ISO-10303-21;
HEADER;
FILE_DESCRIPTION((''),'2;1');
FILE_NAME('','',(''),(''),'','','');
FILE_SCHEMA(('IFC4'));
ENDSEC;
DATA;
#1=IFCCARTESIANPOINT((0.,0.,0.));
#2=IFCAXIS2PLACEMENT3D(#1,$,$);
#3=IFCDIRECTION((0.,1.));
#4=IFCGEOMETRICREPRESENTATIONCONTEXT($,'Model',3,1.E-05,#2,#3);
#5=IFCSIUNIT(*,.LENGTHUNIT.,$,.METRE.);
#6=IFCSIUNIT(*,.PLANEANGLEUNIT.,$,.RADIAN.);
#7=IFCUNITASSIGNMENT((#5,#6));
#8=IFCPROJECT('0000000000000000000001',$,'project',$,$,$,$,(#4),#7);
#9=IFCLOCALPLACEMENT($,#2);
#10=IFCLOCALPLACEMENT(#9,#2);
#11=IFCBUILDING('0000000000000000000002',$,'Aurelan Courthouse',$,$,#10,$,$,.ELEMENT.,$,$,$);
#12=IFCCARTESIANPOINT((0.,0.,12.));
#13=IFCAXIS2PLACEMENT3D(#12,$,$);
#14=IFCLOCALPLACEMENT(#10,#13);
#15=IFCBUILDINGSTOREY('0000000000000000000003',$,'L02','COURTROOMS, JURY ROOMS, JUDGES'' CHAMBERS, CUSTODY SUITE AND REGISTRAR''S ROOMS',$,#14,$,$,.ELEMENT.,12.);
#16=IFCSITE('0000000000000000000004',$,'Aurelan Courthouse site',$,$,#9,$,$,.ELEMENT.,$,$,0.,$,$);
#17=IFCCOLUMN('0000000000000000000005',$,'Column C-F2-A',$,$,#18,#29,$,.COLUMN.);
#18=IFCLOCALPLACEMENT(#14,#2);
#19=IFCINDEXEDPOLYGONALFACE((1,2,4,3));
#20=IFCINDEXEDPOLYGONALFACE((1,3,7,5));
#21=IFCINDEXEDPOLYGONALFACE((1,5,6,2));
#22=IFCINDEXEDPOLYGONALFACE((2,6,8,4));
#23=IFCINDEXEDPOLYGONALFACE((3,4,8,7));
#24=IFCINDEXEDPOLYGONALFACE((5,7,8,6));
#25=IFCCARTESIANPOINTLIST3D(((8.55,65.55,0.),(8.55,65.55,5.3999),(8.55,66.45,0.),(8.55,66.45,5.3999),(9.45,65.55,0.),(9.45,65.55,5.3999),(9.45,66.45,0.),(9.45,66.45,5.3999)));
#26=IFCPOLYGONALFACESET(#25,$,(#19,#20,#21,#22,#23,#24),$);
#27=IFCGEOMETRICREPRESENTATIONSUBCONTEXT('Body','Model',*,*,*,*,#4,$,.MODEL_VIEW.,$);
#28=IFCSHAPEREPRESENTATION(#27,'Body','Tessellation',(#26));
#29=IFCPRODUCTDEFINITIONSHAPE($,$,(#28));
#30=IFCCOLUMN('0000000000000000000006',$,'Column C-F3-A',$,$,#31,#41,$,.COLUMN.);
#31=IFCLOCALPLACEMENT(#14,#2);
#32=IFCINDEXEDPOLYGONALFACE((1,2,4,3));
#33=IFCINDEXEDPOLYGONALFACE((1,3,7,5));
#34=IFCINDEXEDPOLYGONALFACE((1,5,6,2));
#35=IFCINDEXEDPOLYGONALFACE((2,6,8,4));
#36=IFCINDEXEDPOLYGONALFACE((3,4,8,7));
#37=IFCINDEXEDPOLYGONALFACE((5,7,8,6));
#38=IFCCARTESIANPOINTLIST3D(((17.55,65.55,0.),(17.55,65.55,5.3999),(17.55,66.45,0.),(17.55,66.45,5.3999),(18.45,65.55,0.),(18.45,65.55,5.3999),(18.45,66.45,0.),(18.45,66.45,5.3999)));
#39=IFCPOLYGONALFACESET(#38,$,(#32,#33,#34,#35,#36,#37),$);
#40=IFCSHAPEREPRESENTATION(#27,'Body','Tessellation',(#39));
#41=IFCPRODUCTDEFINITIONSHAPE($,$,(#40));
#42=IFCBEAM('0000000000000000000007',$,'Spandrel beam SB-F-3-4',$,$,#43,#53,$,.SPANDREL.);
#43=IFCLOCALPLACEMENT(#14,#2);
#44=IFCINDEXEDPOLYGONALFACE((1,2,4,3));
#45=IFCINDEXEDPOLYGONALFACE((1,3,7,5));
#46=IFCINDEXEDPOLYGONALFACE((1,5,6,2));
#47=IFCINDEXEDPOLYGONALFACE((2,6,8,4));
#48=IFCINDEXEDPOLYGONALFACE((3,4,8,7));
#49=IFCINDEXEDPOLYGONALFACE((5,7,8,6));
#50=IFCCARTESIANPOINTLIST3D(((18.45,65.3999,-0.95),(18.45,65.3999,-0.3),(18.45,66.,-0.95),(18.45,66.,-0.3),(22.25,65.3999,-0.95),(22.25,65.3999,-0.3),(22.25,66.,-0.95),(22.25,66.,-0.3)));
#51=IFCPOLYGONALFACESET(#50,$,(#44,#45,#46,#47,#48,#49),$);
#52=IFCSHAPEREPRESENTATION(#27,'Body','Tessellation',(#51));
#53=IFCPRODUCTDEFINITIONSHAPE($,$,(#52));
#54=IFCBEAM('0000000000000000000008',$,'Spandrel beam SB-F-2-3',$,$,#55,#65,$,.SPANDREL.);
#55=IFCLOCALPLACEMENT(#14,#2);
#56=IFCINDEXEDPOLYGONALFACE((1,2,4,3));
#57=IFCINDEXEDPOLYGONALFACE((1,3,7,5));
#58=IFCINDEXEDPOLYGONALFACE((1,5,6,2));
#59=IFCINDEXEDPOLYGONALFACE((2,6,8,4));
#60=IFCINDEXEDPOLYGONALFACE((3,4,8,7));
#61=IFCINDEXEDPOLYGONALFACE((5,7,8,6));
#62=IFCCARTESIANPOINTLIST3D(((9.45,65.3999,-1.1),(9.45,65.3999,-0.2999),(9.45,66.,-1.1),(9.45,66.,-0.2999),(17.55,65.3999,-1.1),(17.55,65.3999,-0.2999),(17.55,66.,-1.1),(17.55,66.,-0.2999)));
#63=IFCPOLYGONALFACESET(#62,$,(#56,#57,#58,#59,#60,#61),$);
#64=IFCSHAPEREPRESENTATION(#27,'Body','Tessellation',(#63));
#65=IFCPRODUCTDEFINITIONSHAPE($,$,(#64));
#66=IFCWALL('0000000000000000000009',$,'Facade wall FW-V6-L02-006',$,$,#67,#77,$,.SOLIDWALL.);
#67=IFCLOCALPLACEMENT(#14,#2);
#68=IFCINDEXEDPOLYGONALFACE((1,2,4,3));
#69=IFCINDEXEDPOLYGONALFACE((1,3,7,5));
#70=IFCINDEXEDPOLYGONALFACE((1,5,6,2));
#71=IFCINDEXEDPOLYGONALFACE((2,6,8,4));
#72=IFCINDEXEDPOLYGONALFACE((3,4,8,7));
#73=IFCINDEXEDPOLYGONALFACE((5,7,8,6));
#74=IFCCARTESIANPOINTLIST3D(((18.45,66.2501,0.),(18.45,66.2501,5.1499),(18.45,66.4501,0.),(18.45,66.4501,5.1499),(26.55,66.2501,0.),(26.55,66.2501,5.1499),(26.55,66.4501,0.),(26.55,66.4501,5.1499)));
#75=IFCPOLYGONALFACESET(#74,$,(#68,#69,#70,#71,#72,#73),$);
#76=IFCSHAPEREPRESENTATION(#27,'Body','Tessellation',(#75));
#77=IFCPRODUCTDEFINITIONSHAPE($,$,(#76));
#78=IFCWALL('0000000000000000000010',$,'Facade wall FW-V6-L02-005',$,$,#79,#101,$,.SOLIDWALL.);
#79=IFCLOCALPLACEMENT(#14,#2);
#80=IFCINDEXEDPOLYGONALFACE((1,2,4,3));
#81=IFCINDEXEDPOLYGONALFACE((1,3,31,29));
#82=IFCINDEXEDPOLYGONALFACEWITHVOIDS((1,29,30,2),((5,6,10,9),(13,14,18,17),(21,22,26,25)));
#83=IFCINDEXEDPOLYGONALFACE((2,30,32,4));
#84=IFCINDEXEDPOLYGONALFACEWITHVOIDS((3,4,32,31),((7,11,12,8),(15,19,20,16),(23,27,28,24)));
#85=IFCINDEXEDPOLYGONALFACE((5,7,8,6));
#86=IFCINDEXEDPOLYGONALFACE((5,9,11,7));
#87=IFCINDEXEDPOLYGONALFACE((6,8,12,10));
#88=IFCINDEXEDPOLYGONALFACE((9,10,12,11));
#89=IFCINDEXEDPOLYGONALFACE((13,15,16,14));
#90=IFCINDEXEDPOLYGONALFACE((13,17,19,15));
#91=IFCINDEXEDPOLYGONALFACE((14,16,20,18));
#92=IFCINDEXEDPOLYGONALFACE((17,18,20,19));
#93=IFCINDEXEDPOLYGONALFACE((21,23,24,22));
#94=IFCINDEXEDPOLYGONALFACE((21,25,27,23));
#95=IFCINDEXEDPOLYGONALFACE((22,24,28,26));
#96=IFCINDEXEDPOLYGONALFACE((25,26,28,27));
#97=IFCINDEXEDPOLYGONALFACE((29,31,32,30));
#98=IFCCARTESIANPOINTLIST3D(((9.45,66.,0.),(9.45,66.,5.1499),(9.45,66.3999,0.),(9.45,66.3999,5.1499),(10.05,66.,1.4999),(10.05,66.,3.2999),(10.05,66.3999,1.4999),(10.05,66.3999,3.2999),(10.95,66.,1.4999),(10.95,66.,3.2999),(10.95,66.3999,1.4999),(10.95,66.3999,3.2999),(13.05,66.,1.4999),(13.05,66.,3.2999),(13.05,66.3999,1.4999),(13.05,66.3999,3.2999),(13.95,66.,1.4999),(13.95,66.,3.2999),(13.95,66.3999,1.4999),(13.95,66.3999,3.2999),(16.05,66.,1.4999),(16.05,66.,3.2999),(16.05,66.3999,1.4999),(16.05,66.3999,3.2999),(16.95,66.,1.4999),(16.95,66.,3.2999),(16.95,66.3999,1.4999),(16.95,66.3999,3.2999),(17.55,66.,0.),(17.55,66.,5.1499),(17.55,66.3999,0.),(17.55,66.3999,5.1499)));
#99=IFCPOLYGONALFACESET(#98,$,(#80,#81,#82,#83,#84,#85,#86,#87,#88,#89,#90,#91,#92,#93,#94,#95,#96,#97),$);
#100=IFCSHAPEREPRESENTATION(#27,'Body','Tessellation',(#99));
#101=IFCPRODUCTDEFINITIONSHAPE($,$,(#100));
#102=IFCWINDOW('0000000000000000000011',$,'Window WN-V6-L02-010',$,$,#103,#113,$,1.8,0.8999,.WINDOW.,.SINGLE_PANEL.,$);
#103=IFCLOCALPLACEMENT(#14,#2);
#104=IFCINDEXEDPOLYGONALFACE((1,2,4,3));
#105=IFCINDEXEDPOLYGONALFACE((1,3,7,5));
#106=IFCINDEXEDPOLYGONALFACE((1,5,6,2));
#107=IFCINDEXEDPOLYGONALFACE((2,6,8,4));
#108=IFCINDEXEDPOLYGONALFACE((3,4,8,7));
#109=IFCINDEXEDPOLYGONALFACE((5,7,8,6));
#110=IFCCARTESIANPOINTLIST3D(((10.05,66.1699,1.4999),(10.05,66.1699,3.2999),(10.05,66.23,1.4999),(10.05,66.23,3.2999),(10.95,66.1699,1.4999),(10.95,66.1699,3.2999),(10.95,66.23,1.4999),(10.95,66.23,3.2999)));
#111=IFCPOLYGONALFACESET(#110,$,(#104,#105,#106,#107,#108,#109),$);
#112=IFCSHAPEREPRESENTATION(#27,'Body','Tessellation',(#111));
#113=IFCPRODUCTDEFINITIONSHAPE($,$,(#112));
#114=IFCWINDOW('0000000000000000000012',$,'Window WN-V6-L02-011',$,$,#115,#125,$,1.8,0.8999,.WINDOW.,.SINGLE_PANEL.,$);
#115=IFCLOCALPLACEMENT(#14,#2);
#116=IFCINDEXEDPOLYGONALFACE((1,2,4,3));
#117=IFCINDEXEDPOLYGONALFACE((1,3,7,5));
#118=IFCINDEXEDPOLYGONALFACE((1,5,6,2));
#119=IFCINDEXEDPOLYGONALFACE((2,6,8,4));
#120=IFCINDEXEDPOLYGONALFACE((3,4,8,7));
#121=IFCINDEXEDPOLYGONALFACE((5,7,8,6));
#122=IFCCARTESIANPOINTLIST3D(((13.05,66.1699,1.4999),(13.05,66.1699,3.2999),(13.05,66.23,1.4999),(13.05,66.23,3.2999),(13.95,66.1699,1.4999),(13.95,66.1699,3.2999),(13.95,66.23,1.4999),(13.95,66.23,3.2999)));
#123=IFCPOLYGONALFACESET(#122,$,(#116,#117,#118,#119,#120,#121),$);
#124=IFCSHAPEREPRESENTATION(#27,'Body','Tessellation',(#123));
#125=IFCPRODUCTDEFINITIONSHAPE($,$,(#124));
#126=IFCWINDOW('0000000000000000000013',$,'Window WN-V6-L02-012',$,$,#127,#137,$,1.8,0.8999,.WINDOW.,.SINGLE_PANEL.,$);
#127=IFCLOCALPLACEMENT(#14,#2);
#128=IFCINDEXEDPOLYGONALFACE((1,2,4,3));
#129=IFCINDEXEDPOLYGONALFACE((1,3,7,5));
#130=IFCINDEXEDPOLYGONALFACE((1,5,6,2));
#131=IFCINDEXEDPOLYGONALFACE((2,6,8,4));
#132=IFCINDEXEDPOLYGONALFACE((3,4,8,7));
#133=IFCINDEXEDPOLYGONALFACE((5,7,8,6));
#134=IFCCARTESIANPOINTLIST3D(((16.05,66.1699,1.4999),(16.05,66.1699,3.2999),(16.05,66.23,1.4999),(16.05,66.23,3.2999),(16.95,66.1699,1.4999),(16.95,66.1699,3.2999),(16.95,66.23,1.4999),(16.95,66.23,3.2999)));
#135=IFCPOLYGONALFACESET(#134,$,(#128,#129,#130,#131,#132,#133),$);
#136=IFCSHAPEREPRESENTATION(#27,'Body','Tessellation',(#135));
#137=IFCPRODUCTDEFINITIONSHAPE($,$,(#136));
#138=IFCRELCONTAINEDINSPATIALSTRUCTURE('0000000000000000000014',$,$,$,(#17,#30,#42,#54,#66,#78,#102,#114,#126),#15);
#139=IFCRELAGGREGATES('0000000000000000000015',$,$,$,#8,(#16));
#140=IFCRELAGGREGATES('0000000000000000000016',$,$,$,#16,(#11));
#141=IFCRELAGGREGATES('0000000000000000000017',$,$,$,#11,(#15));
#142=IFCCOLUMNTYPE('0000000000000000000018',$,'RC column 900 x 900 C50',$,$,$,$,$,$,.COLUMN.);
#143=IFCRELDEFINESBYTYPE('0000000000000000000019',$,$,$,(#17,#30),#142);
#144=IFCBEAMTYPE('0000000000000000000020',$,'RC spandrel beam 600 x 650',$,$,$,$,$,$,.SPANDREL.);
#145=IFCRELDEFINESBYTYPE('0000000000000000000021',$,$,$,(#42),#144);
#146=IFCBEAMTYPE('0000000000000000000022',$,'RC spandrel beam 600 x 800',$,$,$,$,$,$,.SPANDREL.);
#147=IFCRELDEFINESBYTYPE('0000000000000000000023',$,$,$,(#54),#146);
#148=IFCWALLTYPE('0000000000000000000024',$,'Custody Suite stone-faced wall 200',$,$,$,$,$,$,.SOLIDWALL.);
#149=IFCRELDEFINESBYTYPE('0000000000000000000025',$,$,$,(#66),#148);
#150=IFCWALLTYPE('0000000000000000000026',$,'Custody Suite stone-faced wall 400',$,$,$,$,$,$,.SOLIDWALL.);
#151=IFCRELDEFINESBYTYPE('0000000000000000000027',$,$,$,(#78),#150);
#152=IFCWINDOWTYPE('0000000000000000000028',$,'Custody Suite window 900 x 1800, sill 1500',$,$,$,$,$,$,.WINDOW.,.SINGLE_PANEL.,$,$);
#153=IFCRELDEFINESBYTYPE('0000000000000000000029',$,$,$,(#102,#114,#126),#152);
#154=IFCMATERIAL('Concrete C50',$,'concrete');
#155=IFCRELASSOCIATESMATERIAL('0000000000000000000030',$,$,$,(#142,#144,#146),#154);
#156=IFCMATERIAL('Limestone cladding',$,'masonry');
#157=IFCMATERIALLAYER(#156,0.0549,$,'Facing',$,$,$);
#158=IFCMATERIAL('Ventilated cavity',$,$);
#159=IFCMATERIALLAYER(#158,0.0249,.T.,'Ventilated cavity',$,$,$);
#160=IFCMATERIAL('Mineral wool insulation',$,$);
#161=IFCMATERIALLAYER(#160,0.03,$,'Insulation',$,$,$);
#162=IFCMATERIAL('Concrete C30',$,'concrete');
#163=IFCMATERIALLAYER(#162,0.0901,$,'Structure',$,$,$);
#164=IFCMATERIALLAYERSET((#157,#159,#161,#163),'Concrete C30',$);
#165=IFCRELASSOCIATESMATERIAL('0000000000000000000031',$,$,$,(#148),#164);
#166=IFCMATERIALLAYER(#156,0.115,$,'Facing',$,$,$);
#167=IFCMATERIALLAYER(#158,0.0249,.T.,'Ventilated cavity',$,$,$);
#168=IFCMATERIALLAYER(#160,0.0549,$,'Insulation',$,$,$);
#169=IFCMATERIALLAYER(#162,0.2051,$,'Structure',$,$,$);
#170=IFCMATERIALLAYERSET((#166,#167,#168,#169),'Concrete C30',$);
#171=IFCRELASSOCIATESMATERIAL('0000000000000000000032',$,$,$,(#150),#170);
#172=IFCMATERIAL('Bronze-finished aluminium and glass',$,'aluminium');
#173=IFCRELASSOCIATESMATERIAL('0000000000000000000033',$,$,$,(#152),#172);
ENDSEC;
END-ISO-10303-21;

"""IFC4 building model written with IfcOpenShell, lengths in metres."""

from ifc_helpers import new_model, si_unit, direction, frame, frame_2d, origin, origin_2d, place, context, subcontext, project, spatial, rectangle, extrude, material, layer, layer_set, material_profile, profile_set, type_object, element, fill, save


model = new_model("IFC4")

# Units and contexts
model_context = context("Model", 3, precision=1e-05, world=origin(), true_north=direction((0.0, 1.0)))
body_context = subcontext(model_context, "Body", "Model", "MODEL_VIEW")
ifc_project = project(units=[si_unit("LENGTHUNIT", "METRE"), si_unit("PLANEANGLEUNIT", "RADIAN")], contexts=[model_context])

# Site, building, storey
site_placement = place(None, origin())
site = spatial("IfcSite", under=ifc_project, at=site_placement, Name="Aurelan Courthouse site", CompositionType="ELEMENT", RefElevation=0.0)
building_placement = place(site_placement, origin())
building = spatial("IfcBuilding", under=site, at=building_placement, Name="Aurelan Courthouse", CompositionType="ELEMENT")
storey_placement = place(building_placement, frame((0.0, 0.0, 12.0)))
storey = spatial("IfcBuildingStorey", under=building, at=storey_placement, Name="L02", Description="COURTROOMS, JURY ROOMS, JUDGES' CHAMBERS, CUSTODY SUITE AND REGISTRAR'S ROOMS", CompositionType="ELEMENT", Elevation=12.0)

# Columns
ifc_material_1 = material(Name="Concrete C50", Category="concrete")
ifc_material_profile_1 = material_profile(ifc_material_1, rectangle(XDim=0.8999, YDim=0.8999, at=origin_2d()), Name="RC 900 x 900")
ifc_profile_set_1 = profile_set([ifc_material_profile_1], Name="Concrete C50")
column_type = type_object("IfcColumnType", Name="RC column 900 x 900 C50", PredefinedType="COLUMN", material=ifc_profile_set_1)
for number, where, z_axis, x_axis, name in (
    (1, (9.0, 66.0, 0.0), (0.0, 0.0, 1.0), (1.0, 0.0, 0.0), "Column C-F2-A"),
    (2, (18.0, 66.0, 0.0), (0.0, 0.0, 1.0), (1.0, 0.0, 0.0), "Column C-F3-A"),
):
    element("IfcColumn", number, at=place(storey_placement, frame(where, z_axis=z_axis, x_axis=x_axis)), inside=storey, type_object=column_type, Name=name, PredefinedType="COLUMN", context=body_context, shape_type="SweptSolid", body=[
        extrude(rectangle(XDim=0.8999, YDim=0.8999, at=origin_2d()), origin(), (0.0, 0.0, 1.0), 5.3999),
    ])

# Beams
ifc_material_profile_2 = material_profile(ifc_material_1, rectangle(XDim=0.6001, YDim=0.6499, at=origin_2d()), Name="RC 600 x 650")
ifc_profile_set_2 = profile_set([ifc_material_profile_2], Name="Concrete C50")
beam_type_1 = type_object("IfcBeamType", Name="RC spandrel beam 600 x 650", PredefinedType="SPANDREL", material=ifc_profile_set_2)
beam_1_placement = place(storey_placement, frame((18.45, 65.7, -0.625), z_axis=(1.0, 0.0, 0.0), x_axis=(0.0, 1.0, 0.0)))
element("IfcBeam", 3, at=beam_1_placement, inside=storey, type_object=beam_type_1, Name="Spandrel beam SB-F-3-4", PredefinedType="SPANDREL", context=body_context, shape_type="SweptSolid", body=[
    extrude(rectangle(XDim=0.6001, YDim=0.6499, at=origin_2d()), origin(), (0.0, 0.0, 1.0), 3.8),
])
ifc_material_profile_3 = material_profile(ifc_material_1, rectangle(XDim=0.6001, YDim=0.8, at=origin_2d()), Name="RC 600 x 800")
ifc_profile_set_3 = profile_set([ifc_material_profile_3], Name="Concrete C50")
beam_type_2 = type_object("IfcBeamType", Name="RC spandrel beam 600 x 800", PredefinedType="SPANDREL", material=ifc_profile_set_3)
beam_2_placement = place(storey_placement, frame((9.45, 65.7, -0.7), z_axis=(1.0, 0.0, 0.0), x_axis=(0.0, 1.0, 0.0)))
element("IfcBeam", 4, at=beam_2_placement, inside=storey, type_object=beam_type_2, Name="Spandrel beam SB-F-2-3", PredefinedType="SPANDREL", context=body_context, shape_type="SweptSolid", body=[
    extrude(rectangle(XDim=0.6001, YDim=0.8, at=origin_2d()), origin(), (0.0, 0.0, 1.0), 8.1001),
])

# Wall
ifc_material_2 = material(Name="Limestone cladding", Category="masonry")
ifc_layer_1 = layer(ifc_material_2, 0.0549, Name="Facing")
ifc_material_3 = material(Name="Ventilated cavity")
ifc_layer_2 = layer(ifc_material_3, 0.0249, ventilated=True, Name="Ventilated cavity")
ifc_material_4 = material(Name="Mineral wool insulation")
ifc_layer_3 = layer(ifc_material_4, 0.03, Name="Insulation")
ifc_material_5 = material(Name="Concrete C30", Category="concrete")
ifc_layer_4 = layer(ifc_material_5, 0.0901, Name="Structure")
ifc_layer_set_1 = layer_set([ifc_layer_1, ifc_layer_2, ifc_layer_3, ifc_layer_4], Name="Concrete C30")
wall_type_1 = type_object("IfcWallType", Name="Custody Suite stone-faced wall 200", PredefinedType="SOLIDWALL", material=ifc_layer_set_1)
wall_1_placement = place(storey_placement, frame((18.45, 66.3501, 0.0), z_axis=(0.0, 0.0, 1.0), x_axis=(1.0, 0.0, 0.0)))
element("IfcWall", 5, at=wall_1_placement, inside=storey, type_object=wall_type_1, Name="Facade wall FW-V6-L02-006", PredefinedType="SOLIDWALL", context=body_context, shape_type="SweptSolid", body=[
    extrude(rectangle(XDim=8.1001, YDim=0.2, at=frame_2d((4.05, 0.0))), origin(), (0.0, 0.0, 1.0), 5.1499),
])

# Wall, openings, windows
ifc_layer_5 = layer(ifc_material_2, 0.115, Name="Facing")
ifc_layer_6 = layer(ifc_material_3, 0.0249, ventilated=True, Name="Ventilated cavity")
ifc_layer_7 = layer(ifc_material_4, 0.0549, Name="Insulation")
ifc_layer_8 = layer(ifc_material_5, 0.2051, Name="Structure")
ifc_layer_set_2 = layer_set([ifc_layer_5, ifc_layer_6, ifc_layer_7, ifc_layer_8], Name="Concrete C30")
wall_type_2 = type_object("IfcWallType", Name="Custody Suite stone-faced wall 400", PredefinedType="SOLIDWALL", material=ifc_layer_set_2)
wall_2_placement = place(storey_placement, frame((9.45, 66.2, 0.0), z_axis=(0.0, 0.0, 1.0), x_axis=(1.0, 0.0, 0.0)))
wall_2 = element("IfcWall", 6, at=wall_2_placement, inside=storey, type_object=wall_type_2, Name="Facade wall FW-V6-L02-005", PredefinedType="SOLIDWALL", context=body_context, shape_type="SweptSolid", body=[
    extrude(rectangle(XDim=8.1001, YDim=0.3999, at=frame_2d((4.05, 0.0))), origin(), (0.0, 0.0, 1.0), 5.1499),
])
opening_1_placement = place(wall_2_placement, frame((0.6001, 0.0, 1.5)))
opening_1 = element("IfcOpeningElement", 7, at=opening_1_placement, cuts=wall_2, PredefinedType="OPENING", context=body_context, shape_type="SweptSolid", body=[
    extrude(rectangle(XDim=0.8999, YDim=1.8, at=frame_2d((0.45, 0.8999))), frame((0.0, 0.21, 0.0), z_axis=(0.0, -1.0, 0.0), x_axis=(1.0, 0.0, 0.0)), (0.0, 0.0, 1.0), 0.4199),
])
opening_2_placement = place(wall_2_placement, frame((3.6001, 0.0, 1.5)))
opening_2 = element("IfcOpeningElement", 8, at=opening_2_placement, cuts=wall_2, PredefinedType="OPENING", context=body_context, shape_type="SweptSolid", body=[
    extrude(rectangle(XDim=0.8999, YDim=1.8, at=frame_2d((0.45, 0.8999))), frame((0.0, 0.21, 0.0), z_axis=(0.0, -1.0, 0.0), x_axis=(1.0, 0.0, 0.0)), (0.0, 0.0, 1.0), 0.4199),
])
opening_3_placement = place(wall_2_placement, frame((6.6001, 0.0, 1.5)))
opening_3 = element("IfcOpeningElement", 9, at=opening_3_placement, cuts=wall_2, PredefinedType="OPENING", context=body_context, shape_type="SweptSolid", body=[
    extrude(rectangle(XDim=0.8999, YDim=1.8, at=frame_2d((0.45, 0.8999))), frame((0.0, 0.21, 0.0), z_axis=(0.0, -1.0, 0.0), x_axis=(1.0, 0.0, 0.0)), (0.0, 0.0, 1.0), 0.4199),
])
ifc_material_6 = material(Name="Bronze-finished aluminium and glass", Category="aluminium")
window_type = type_object("IfcWindowType", Name="Custody Suite window 900 x 1800, sill 1500", PartitioningType="SINGLE_PANEL", PredefinedType="WINDOW", material=ifc_material_6)
window_1_placement = place(opening_1_placement, origin())
window_1 = element("IfcWindow", 10, at=window_1_placement, inside=storey, type_object=window_type, Name="Window WN-V6-L02-010", OverallHeight=1.8, OverallWidth=0.8999, PartitioningType="SINGLE_PANEL", PredefinedType="WINDOW", context=body_context, shape_type="SweptSolid", body=[
    extrude(rectangle(XDim=0.8999, YDim=1.8, at=frame_2d((0.45, 0.8999))), frame((0.0, 0.03, 0.0), z_axis=(0.0, -1.0, 0.0), x_axis=(1.0, 0.0, 0.0)), (0.0, 0.0, 1.0), 0.0601),
])
fill(opening_1, window_1)
window_2_placement = place(opening_2_placement, origin())
window_2 = element("IfcWindow", 11, at=window_2_placement, inside=storey, type_object=window_type, Name="Window WN-V6-L02-011", OverallHeight=1.8, OverallWidth=0.8999, PartitioningType="SINGLE_PANEL", PredefinedType="WINDOW", context=body_context, shape_type="SweptSolid", body=[
    extrude(rectangle(XDim=0.8999, YDim=1.8, at=frame_2d((0.45, 0.8999))), frame((0.0, 0.03, 0.0), z_axis=(0.0, -1.0, 0.0), x_axis=(1.0, 0.0, 0.0)), (0.0, 0.0, 1.0), 0.0601),
])
fill(opening_2, window_2)
window_3_placement = place(opening_3_placement, origin())
window_3 = element("IfcWindow", 12, at=window_3_placement, inside=storey, type_object=window_type, Name="Window WN-V6-L02-012", OverallHeight=1.8, OverallWidth=0.8999, PartitioningType="SINGLE_PANEL", PredefinedType="WINDOW", context=body_context, shape_type="SweptSolid", body=[
    extrude(rectangle(XDim=0.8999, YDim=1.8, at=frame_2d((0.45, 0.8999))), frame((0.0, 0.03, 0.0), z_axis=(0.0, -1.0, 0.0), x_axis=(1.0, 0.0, 0.0)), (0.0, 0.0, 1.0), 0.0601),
])
fill(opening_3, window_3)

save(model, "model.ifc")
